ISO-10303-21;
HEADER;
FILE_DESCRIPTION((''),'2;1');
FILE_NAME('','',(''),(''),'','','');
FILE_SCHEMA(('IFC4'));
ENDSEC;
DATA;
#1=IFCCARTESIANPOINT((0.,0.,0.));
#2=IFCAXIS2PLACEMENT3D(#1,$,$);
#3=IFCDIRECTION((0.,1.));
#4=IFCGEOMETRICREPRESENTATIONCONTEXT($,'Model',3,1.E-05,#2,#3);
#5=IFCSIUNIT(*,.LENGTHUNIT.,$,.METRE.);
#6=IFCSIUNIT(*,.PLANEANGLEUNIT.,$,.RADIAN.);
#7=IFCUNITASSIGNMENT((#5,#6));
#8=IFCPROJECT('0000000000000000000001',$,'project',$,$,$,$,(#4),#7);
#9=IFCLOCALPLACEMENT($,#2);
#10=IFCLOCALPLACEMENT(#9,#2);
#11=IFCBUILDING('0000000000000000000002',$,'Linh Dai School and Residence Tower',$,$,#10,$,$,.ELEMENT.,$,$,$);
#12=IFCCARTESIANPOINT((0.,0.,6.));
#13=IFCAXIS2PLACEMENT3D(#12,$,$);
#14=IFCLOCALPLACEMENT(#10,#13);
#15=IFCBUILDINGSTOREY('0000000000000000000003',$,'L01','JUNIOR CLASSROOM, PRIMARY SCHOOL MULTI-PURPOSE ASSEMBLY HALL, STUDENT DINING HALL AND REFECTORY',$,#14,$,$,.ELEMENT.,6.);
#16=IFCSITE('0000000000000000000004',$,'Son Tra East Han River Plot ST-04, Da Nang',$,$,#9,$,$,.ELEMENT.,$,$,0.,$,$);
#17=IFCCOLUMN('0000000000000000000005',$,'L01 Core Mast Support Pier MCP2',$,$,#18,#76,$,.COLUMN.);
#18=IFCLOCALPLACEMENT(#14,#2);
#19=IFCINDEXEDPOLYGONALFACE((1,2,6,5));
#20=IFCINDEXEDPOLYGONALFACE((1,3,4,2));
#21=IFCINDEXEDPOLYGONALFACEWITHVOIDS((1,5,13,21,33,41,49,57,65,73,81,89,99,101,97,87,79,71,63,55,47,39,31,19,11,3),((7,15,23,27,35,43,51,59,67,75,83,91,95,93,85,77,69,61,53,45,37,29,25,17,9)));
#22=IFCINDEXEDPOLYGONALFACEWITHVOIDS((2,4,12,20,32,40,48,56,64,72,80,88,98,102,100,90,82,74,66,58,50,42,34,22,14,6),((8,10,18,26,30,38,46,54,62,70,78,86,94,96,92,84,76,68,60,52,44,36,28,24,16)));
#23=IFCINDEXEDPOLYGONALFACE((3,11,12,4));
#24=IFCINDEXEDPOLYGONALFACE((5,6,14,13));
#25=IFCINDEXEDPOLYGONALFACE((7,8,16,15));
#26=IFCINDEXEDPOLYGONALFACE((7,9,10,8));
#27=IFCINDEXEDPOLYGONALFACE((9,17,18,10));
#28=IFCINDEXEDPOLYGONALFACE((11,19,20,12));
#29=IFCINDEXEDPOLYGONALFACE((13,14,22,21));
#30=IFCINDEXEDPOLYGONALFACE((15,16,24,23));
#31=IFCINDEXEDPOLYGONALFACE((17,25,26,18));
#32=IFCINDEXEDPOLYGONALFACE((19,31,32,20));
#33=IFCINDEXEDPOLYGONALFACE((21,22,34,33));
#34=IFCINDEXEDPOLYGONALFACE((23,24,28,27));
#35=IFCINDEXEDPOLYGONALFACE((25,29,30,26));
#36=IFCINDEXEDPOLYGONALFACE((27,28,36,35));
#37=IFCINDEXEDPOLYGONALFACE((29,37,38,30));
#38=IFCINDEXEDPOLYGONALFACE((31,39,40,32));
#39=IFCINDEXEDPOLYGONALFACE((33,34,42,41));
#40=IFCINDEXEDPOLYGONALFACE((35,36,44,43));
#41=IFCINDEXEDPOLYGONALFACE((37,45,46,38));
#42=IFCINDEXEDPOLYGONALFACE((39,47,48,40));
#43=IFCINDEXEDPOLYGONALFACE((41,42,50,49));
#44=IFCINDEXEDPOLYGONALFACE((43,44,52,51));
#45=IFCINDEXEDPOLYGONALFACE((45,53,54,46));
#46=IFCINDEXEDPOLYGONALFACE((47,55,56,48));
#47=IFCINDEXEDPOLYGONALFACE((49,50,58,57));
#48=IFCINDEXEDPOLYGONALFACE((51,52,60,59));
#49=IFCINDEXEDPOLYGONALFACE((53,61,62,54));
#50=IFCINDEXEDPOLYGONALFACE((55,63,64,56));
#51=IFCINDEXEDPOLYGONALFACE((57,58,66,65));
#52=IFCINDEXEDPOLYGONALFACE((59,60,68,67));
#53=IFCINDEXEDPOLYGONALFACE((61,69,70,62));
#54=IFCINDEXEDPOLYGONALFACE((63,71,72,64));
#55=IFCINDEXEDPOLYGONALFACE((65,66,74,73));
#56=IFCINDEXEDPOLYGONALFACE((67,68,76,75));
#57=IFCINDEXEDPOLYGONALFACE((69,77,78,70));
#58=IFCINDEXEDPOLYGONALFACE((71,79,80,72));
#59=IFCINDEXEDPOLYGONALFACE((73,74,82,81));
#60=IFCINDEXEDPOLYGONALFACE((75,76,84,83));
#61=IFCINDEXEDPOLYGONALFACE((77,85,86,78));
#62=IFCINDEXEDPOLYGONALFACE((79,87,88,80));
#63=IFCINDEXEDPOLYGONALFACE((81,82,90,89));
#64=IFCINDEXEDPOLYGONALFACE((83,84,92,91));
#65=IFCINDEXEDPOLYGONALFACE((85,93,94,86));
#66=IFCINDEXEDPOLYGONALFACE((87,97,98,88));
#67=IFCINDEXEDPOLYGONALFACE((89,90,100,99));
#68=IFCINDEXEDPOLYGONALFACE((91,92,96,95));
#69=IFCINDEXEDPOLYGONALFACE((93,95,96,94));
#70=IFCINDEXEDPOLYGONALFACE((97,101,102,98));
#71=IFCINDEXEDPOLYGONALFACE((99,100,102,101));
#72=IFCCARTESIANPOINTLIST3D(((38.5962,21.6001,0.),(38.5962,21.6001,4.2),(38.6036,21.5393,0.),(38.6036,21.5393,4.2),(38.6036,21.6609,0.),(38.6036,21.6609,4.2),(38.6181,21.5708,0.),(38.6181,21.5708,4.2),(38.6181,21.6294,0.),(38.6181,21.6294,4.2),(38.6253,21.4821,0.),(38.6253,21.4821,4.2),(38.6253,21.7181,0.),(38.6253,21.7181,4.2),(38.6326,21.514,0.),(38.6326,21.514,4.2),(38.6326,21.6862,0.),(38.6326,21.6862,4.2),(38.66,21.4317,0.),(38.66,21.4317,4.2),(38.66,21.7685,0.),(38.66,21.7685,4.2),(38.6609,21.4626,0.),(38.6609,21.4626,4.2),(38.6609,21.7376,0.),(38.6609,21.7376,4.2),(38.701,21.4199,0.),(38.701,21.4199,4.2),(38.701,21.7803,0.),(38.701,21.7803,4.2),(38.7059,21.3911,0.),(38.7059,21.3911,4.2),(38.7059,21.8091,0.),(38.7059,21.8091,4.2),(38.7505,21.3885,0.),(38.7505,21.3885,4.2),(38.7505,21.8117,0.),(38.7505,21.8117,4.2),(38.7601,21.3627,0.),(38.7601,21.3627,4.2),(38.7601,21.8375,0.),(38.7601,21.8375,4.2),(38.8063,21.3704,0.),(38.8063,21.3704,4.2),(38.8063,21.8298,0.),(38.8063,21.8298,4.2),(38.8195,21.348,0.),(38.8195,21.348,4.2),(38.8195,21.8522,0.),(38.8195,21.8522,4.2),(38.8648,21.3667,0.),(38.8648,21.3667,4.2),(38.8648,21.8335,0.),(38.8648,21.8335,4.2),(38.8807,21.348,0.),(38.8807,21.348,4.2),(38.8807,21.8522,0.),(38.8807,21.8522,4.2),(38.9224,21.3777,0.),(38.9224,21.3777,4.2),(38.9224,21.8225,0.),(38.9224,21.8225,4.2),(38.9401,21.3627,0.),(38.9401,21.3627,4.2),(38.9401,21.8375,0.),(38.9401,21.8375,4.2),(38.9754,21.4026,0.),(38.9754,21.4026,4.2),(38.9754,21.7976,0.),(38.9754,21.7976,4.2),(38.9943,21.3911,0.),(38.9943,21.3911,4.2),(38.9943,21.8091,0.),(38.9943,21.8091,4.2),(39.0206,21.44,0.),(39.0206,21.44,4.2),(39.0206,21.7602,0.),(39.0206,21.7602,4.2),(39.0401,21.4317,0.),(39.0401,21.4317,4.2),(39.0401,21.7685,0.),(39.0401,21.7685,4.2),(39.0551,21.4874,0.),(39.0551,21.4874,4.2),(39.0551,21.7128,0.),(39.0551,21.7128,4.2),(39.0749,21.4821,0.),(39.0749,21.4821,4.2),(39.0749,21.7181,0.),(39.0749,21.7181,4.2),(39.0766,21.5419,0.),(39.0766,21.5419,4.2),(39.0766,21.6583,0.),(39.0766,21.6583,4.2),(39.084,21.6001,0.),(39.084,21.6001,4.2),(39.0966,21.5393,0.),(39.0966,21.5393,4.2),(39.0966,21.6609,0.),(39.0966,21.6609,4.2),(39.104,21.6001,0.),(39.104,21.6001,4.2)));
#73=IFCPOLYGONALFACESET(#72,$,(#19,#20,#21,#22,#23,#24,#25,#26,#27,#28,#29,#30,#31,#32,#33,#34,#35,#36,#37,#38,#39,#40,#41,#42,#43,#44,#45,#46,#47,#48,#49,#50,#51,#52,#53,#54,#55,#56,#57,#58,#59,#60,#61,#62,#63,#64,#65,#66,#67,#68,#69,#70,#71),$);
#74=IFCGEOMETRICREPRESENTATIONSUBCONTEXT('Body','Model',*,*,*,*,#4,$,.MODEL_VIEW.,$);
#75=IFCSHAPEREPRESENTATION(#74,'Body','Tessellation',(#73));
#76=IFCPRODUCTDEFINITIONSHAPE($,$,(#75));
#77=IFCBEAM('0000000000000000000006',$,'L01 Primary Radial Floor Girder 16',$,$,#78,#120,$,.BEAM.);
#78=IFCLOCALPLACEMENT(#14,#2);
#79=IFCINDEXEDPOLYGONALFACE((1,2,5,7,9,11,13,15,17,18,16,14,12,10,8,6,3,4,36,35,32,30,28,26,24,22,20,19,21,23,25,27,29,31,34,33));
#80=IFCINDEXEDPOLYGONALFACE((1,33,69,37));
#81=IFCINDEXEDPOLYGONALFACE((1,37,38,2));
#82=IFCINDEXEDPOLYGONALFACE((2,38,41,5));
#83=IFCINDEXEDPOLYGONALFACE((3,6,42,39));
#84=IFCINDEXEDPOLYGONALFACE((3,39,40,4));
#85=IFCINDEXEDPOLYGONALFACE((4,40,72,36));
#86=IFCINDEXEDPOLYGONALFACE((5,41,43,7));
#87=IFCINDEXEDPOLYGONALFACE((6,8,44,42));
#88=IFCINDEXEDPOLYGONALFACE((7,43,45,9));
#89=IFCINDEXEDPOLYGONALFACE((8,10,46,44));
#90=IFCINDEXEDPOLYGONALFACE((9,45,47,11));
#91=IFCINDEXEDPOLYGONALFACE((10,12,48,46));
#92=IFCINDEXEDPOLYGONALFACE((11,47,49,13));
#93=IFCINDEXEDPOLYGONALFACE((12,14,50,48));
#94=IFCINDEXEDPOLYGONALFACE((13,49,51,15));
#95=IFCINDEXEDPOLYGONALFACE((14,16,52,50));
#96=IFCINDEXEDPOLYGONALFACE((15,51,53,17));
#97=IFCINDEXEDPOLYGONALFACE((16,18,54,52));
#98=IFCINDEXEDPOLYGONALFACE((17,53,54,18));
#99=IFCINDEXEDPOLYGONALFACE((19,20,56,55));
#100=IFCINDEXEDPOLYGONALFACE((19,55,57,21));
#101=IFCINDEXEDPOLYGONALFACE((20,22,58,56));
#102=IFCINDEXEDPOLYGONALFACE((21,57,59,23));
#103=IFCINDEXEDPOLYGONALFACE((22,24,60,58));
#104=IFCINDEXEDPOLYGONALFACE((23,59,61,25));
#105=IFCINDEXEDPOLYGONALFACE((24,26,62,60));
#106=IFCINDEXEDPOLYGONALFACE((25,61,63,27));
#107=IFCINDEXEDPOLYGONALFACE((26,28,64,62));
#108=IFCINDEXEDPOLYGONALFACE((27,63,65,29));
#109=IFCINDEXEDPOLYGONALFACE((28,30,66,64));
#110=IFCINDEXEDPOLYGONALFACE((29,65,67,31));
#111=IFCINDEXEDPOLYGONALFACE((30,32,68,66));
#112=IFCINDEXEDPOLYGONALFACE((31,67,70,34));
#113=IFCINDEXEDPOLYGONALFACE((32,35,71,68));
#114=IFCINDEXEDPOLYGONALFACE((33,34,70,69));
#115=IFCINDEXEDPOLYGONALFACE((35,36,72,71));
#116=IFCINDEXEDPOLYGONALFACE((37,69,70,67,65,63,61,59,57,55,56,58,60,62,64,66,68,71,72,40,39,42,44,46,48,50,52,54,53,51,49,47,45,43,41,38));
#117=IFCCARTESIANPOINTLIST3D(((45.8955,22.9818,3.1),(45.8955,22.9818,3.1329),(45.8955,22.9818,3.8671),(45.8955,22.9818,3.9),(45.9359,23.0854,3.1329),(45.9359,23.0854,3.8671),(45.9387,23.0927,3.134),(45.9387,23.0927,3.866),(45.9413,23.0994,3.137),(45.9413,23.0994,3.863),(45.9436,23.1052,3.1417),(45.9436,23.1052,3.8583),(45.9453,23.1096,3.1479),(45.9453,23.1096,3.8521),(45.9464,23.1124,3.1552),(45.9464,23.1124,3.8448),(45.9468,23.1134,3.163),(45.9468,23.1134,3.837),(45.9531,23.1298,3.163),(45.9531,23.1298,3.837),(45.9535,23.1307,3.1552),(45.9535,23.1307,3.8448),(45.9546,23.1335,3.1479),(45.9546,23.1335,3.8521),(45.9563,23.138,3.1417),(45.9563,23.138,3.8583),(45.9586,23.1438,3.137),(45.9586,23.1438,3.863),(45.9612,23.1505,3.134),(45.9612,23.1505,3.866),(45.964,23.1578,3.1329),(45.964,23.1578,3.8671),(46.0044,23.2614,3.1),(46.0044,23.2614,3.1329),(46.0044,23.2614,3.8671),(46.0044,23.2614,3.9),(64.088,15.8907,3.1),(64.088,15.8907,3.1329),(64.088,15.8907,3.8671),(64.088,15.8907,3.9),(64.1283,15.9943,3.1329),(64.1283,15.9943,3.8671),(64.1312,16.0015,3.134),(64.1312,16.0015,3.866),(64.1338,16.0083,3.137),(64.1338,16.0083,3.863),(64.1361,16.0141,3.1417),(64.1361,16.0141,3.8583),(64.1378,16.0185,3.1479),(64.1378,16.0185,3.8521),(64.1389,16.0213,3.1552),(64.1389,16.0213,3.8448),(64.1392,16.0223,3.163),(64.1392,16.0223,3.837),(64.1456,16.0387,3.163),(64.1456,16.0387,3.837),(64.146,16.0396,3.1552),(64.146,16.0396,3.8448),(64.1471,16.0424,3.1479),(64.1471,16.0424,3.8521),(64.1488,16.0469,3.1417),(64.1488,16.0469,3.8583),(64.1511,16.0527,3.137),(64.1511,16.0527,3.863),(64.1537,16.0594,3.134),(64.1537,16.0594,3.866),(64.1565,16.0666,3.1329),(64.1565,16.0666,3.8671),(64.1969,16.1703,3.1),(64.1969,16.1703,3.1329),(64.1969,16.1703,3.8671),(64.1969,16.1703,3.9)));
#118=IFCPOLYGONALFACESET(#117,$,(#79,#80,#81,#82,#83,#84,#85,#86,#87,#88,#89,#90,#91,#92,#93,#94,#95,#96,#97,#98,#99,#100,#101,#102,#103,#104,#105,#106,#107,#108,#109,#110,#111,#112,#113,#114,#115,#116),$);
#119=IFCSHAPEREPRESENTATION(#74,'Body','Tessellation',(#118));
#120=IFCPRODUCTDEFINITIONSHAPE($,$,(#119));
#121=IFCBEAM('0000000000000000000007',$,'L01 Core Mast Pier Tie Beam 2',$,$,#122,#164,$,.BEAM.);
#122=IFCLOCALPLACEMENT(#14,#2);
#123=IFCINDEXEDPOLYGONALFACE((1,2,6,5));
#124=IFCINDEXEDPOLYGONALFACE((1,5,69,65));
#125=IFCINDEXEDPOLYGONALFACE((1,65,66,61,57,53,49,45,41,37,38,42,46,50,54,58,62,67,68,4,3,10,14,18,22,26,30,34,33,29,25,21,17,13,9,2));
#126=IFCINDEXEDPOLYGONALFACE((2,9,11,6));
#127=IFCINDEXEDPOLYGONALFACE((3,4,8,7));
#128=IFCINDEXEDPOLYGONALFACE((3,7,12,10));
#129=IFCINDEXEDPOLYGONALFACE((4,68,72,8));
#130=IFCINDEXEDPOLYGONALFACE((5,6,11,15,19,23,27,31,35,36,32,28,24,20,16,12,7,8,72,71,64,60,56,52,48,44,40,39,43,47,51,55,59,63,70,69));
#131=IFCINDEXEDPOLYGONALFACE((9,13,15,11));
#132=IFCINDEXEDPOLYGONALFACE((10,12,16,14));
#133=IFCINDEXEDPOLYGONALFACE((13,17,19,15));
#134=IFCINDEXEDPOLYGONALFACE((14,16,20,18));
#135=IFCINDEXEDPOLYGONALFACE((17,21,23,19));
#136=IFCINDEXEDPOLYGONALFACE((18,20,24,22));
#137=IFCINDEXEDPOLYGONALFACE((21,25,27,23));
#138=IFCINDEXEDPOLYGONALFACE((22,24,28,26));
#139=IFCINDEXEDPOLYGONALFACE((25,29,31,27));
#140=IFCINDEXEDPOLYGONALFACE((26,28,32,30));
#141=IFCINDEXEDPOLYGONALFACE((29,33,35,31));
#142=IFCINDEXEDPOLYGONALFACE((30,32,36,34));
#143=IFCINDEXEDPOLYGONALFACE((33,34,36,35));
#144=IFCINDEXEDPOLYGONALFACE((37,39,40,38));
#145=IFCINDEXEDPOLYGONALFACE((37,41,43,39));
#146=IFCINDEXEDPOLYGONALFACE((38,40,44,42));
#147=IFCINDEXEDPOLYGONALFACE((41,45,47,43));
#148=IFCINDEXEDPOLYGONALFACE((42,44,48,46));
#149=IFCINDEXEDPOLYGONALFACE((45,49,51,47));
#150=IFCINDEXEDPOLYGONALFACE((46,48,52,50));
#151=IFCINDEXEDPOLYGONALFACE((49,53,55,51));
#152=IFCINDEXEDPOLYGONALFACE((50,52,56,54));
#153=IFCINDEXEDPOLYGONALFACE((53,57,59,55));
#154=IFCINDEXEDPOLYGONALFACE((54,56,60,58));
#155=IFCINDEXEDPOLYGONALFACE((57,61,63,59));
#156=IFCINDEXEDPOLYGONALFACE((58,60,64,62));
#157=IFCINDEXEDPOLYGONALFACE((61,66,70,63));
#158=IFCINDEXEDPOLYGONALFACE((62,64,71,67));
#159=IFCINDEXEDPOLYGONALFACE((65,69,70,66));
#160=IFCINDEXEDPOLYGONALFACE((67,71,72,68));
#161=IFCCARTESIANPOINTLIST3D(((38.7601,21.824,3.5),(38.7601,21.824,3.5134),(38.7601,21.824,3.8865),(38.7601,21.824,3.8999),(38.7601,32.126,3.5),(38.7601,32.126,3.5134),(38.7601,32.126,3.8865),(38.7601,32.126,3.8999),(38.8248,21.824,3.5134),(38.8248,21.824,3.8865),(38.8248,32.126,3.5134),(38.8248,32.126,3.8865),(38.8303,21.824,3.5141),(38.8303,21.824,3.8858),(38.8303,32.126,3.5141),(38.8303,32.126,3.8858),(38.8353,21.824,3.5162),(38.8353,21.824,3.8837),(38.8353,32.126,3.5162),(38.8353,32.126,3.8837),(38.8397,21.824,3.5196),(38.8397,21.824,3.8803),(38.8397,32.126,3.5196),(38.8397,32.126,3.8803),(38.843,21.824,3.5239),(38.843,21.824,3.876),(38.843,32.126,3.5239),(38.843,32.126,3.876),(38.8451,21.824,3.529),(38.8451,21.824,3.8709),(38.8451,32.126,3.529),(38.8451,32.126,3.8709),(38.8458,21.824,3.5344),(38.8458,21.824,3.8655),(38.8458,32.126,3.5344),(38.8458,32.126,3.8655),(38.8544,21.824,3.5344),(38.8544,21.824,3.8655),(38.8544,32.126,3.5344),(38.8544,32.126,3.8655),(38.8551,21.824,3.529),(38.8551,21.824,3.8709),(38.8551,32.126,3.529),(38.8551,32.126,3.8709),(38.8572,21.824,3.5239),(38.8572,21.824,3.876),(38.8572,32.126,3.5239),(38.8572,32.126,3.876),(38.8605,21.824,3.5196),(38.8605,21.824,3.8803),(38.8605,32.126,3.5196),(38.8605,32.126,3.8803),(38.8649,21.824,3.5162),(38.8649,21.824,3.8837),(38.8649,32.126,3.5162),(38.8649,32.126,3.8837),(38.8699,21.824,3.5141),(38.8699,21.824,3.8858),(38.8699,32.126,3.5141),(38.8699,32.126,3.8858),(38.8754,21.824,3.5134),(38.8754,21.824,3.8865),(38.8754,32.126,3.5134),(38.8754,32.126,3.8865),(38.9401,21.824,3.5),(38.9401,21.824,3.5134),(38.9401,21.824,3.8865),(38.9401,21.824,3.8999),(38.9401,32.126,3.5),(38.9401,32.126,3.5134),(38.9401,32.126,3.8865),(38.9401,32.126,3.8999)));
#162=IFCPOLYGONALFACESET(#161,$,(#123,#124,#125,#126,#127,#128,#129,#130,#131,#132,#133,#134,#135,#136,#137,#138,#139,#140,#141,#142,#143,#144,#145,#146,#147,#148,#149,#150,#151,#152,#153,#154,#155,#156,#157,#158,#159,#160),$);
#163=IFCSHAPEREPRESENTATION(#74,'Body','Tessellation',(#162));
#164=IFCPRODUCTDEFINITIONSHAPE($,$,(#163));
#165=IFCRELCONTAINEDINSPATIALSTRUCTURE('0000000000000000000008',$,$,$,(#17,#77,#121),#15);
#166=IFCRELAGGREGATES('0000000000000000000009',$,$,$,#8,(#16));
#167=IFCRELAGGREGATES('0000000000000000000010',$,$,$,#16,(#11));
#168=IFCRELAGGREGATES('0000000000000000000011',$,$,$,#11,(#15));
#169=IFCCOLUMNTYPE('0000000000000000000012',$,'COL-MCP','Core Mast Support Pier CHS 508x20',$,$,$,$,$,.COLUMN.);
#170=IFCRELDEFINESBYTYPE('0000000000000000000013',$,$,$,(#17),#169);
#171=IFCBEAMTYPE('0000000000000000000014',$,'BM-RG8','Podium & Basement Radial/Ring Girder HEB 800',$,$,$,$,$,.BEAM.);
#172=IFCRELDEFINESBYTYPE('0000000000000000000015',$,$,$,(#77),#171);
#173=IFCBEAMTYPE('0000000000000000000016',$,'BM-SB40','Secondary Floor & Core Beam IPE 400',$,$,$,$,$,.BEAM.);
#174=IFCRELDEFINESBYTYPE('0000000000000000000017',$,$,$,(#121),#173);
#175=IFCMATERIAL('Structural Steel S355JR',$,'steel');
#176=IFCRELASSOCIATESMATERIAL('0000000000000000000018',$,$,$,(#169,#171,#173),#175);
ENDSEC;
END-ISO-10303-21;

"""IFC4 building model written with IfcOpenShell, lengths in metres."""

from ifc_helpers import new_model, si_unit, direction, frame, origin, origin_2d, place, context, subcontext, project, spatial, hollow_circle, i_section, extrude, material, material_profile, profile_set, type_object, element, save


model = new_model("IFC4")

# Units and contexts
model_context = context("Model", 3, precision=1e-05, world=origin(), true_north=direction((0.0, 1.0)))
body_context = subcontext(model_context, "Body", "Model", "MODEL_VIEW")
ifc_project = project(units=[si_unit("LENGTHUNIT", "METRE"), si_unit("PLANEANGLEUNIT", "RADIAN")], contexts=[model_context])

# Site, building, storey
site_placement = place(None, origin())
site = spatial("IfcSite", under=ifc_project, at=site_placement, Name="Son Tra East Han River Plot ST-04, Da Nang", CompositionType="ELEMENT", RefElevation=0.0)
building_placement = place(site_placement, origin())
building = spatial("IfcBuilding", under=site, at=building_placement, Name="Linh Dai School and Residence Tower", CompositionType="ELEMENT")
storey_placement = place(building_placement, frame((0.0, 0.0, 6.0)))
storey = spatial("IfcBuildingStorey", under=building, at=storey_placement, Name="L01", Description="JUNIOR CLASSROOM, PRIMARY SCHOOL MULTI-PURPOSE ASSEMBLY HALL, STUDENT DINING HALL AND REFECTORY", CompositionType="ELEMENT", Elevation=6.0)

# Column
ifc_material_1 = material(Name="Structural Steel S355JR", Category="steel")
ifc_material_profile_1 = material_profile(ifc_material_1, hollow_circle(Radius=0.2539, WallThickness=0.02, at=origin_2d()), Name="CHS 508x20")
ifc_profile_set_1 = profile_set([ifc_material_profile_1], Name="Structural Steel S355JR")
column_type_1 = type_object("IfcColumnType", Name="COL-MCP", Description="Core Mast Support Pier CHS 508x20", PredefinedType="COLUMN", material=ifc_profile_set_1)
column_placement = place(storey_placement, frame((38.8501, 21.6001, 0.0), z_axis=(0.0, 0.0, 1.0), x_axis=(1.0, 0.0, 0.0)))
element("IfcColumn", 1, at=column_placement, inside=storey, type_object=column_type_1, Name="L01 Core Mast Support Pier MCP2", PredefinedType="COLUMN", context=body_context, shape_type="SweptSolid", body=[
    extrude(hollow_circle(Radius=0.2539, WallThickness=0.02, at=origin_2d()), origin(), (0.0, 0.0, 1.0), 4.2),
])

# Beams
ifc_material_profile_2 = material_profile(ifc_material_1, i_section(OverallWidth=0.3, OverallDepth=0.8, WebThickness=0.0176, FlangeThickness=0.033, FilletRadius=0.03, at=origin_2d()), Name="HEB 800")
ifc_profile_set_2 = profile_set([ifc_material_profile_2], Name="Structural Steel S355JR")
beam_type_1 = type_object("IfcBeamType", Name="BM-RG8", Description="Podium & Basement Radial/Ring Girder HEB 800", PredefinedType="BEAM", material=ifc_profile_set_2)
beam_1_placement = place(storey_placement, frame((45.95, 23.1216, 3.5), z_axis=(0.931723, -0.363169, 0.0), x_axis=(0.363169, 0.931723, 0.0)))
element("IfcBeam", 2, at=beam_1_placement, inside=storey, type_object=beam_type_1, Name="L01 Primary Radial Floor Girder 16", PredefinedType="BEAM", context=body_context, shape_type="SweptSolid", body=[
    extrude(i_section(OverallWidth=0.3, OverallDepth=0.8, WebThickness=0.0176, FlangeThickness=0.033, FilletRadius=0.03, at=origin_2d()), origin(), (0.0, 0.0, 1.0), 19.5256),
])
ifc_material_profile_3 = material_profile(ifc_material_1, i_section(OverallWidth=0.1799, OverallDepth=0.3999, WebThickness=0.0085, FlangeThickness=0.0134, FilletRadius=0.021, at=origin_2d()), Name="IPE 400")
ifc_profile_set_3 = profile_set([ifc_material_profile_3], Name="Structural Steel S355JR")
beam_type_2 = type_object("IfcBeamType", Name="BM-SB40", Description="Secondary Floor & Core Beam IPE 400", PredefinedType="BEAM", material=ifc_profile_set_3)
beam_2_placement = place(storey_placement, frame((38.8501, 21.824, 3.7), z_axis=(0.0, 1.0, 0.0), x_axis=(-1.0, 0.0, 0.0)))
element("IfcBeam", 3, at=beam_2_placement, inside=storey, type_object=beam_type_2, Name="L01 Core Mast Pier Tie Beam 2", PredefinedType="BEAM", context=body_context, shape_type="SweptSolid", body=[
    extrude(i_section(OverallWidth=0.1799, OverallDepth=0.3999, WebThickness=0.0085, FlangeThickness=0.0134, FilletRadius=0.021, at=origin_2d()), origin(), (0.0, 0.0, 1.0), 10.302),
])

save(model, "model.ifc")
